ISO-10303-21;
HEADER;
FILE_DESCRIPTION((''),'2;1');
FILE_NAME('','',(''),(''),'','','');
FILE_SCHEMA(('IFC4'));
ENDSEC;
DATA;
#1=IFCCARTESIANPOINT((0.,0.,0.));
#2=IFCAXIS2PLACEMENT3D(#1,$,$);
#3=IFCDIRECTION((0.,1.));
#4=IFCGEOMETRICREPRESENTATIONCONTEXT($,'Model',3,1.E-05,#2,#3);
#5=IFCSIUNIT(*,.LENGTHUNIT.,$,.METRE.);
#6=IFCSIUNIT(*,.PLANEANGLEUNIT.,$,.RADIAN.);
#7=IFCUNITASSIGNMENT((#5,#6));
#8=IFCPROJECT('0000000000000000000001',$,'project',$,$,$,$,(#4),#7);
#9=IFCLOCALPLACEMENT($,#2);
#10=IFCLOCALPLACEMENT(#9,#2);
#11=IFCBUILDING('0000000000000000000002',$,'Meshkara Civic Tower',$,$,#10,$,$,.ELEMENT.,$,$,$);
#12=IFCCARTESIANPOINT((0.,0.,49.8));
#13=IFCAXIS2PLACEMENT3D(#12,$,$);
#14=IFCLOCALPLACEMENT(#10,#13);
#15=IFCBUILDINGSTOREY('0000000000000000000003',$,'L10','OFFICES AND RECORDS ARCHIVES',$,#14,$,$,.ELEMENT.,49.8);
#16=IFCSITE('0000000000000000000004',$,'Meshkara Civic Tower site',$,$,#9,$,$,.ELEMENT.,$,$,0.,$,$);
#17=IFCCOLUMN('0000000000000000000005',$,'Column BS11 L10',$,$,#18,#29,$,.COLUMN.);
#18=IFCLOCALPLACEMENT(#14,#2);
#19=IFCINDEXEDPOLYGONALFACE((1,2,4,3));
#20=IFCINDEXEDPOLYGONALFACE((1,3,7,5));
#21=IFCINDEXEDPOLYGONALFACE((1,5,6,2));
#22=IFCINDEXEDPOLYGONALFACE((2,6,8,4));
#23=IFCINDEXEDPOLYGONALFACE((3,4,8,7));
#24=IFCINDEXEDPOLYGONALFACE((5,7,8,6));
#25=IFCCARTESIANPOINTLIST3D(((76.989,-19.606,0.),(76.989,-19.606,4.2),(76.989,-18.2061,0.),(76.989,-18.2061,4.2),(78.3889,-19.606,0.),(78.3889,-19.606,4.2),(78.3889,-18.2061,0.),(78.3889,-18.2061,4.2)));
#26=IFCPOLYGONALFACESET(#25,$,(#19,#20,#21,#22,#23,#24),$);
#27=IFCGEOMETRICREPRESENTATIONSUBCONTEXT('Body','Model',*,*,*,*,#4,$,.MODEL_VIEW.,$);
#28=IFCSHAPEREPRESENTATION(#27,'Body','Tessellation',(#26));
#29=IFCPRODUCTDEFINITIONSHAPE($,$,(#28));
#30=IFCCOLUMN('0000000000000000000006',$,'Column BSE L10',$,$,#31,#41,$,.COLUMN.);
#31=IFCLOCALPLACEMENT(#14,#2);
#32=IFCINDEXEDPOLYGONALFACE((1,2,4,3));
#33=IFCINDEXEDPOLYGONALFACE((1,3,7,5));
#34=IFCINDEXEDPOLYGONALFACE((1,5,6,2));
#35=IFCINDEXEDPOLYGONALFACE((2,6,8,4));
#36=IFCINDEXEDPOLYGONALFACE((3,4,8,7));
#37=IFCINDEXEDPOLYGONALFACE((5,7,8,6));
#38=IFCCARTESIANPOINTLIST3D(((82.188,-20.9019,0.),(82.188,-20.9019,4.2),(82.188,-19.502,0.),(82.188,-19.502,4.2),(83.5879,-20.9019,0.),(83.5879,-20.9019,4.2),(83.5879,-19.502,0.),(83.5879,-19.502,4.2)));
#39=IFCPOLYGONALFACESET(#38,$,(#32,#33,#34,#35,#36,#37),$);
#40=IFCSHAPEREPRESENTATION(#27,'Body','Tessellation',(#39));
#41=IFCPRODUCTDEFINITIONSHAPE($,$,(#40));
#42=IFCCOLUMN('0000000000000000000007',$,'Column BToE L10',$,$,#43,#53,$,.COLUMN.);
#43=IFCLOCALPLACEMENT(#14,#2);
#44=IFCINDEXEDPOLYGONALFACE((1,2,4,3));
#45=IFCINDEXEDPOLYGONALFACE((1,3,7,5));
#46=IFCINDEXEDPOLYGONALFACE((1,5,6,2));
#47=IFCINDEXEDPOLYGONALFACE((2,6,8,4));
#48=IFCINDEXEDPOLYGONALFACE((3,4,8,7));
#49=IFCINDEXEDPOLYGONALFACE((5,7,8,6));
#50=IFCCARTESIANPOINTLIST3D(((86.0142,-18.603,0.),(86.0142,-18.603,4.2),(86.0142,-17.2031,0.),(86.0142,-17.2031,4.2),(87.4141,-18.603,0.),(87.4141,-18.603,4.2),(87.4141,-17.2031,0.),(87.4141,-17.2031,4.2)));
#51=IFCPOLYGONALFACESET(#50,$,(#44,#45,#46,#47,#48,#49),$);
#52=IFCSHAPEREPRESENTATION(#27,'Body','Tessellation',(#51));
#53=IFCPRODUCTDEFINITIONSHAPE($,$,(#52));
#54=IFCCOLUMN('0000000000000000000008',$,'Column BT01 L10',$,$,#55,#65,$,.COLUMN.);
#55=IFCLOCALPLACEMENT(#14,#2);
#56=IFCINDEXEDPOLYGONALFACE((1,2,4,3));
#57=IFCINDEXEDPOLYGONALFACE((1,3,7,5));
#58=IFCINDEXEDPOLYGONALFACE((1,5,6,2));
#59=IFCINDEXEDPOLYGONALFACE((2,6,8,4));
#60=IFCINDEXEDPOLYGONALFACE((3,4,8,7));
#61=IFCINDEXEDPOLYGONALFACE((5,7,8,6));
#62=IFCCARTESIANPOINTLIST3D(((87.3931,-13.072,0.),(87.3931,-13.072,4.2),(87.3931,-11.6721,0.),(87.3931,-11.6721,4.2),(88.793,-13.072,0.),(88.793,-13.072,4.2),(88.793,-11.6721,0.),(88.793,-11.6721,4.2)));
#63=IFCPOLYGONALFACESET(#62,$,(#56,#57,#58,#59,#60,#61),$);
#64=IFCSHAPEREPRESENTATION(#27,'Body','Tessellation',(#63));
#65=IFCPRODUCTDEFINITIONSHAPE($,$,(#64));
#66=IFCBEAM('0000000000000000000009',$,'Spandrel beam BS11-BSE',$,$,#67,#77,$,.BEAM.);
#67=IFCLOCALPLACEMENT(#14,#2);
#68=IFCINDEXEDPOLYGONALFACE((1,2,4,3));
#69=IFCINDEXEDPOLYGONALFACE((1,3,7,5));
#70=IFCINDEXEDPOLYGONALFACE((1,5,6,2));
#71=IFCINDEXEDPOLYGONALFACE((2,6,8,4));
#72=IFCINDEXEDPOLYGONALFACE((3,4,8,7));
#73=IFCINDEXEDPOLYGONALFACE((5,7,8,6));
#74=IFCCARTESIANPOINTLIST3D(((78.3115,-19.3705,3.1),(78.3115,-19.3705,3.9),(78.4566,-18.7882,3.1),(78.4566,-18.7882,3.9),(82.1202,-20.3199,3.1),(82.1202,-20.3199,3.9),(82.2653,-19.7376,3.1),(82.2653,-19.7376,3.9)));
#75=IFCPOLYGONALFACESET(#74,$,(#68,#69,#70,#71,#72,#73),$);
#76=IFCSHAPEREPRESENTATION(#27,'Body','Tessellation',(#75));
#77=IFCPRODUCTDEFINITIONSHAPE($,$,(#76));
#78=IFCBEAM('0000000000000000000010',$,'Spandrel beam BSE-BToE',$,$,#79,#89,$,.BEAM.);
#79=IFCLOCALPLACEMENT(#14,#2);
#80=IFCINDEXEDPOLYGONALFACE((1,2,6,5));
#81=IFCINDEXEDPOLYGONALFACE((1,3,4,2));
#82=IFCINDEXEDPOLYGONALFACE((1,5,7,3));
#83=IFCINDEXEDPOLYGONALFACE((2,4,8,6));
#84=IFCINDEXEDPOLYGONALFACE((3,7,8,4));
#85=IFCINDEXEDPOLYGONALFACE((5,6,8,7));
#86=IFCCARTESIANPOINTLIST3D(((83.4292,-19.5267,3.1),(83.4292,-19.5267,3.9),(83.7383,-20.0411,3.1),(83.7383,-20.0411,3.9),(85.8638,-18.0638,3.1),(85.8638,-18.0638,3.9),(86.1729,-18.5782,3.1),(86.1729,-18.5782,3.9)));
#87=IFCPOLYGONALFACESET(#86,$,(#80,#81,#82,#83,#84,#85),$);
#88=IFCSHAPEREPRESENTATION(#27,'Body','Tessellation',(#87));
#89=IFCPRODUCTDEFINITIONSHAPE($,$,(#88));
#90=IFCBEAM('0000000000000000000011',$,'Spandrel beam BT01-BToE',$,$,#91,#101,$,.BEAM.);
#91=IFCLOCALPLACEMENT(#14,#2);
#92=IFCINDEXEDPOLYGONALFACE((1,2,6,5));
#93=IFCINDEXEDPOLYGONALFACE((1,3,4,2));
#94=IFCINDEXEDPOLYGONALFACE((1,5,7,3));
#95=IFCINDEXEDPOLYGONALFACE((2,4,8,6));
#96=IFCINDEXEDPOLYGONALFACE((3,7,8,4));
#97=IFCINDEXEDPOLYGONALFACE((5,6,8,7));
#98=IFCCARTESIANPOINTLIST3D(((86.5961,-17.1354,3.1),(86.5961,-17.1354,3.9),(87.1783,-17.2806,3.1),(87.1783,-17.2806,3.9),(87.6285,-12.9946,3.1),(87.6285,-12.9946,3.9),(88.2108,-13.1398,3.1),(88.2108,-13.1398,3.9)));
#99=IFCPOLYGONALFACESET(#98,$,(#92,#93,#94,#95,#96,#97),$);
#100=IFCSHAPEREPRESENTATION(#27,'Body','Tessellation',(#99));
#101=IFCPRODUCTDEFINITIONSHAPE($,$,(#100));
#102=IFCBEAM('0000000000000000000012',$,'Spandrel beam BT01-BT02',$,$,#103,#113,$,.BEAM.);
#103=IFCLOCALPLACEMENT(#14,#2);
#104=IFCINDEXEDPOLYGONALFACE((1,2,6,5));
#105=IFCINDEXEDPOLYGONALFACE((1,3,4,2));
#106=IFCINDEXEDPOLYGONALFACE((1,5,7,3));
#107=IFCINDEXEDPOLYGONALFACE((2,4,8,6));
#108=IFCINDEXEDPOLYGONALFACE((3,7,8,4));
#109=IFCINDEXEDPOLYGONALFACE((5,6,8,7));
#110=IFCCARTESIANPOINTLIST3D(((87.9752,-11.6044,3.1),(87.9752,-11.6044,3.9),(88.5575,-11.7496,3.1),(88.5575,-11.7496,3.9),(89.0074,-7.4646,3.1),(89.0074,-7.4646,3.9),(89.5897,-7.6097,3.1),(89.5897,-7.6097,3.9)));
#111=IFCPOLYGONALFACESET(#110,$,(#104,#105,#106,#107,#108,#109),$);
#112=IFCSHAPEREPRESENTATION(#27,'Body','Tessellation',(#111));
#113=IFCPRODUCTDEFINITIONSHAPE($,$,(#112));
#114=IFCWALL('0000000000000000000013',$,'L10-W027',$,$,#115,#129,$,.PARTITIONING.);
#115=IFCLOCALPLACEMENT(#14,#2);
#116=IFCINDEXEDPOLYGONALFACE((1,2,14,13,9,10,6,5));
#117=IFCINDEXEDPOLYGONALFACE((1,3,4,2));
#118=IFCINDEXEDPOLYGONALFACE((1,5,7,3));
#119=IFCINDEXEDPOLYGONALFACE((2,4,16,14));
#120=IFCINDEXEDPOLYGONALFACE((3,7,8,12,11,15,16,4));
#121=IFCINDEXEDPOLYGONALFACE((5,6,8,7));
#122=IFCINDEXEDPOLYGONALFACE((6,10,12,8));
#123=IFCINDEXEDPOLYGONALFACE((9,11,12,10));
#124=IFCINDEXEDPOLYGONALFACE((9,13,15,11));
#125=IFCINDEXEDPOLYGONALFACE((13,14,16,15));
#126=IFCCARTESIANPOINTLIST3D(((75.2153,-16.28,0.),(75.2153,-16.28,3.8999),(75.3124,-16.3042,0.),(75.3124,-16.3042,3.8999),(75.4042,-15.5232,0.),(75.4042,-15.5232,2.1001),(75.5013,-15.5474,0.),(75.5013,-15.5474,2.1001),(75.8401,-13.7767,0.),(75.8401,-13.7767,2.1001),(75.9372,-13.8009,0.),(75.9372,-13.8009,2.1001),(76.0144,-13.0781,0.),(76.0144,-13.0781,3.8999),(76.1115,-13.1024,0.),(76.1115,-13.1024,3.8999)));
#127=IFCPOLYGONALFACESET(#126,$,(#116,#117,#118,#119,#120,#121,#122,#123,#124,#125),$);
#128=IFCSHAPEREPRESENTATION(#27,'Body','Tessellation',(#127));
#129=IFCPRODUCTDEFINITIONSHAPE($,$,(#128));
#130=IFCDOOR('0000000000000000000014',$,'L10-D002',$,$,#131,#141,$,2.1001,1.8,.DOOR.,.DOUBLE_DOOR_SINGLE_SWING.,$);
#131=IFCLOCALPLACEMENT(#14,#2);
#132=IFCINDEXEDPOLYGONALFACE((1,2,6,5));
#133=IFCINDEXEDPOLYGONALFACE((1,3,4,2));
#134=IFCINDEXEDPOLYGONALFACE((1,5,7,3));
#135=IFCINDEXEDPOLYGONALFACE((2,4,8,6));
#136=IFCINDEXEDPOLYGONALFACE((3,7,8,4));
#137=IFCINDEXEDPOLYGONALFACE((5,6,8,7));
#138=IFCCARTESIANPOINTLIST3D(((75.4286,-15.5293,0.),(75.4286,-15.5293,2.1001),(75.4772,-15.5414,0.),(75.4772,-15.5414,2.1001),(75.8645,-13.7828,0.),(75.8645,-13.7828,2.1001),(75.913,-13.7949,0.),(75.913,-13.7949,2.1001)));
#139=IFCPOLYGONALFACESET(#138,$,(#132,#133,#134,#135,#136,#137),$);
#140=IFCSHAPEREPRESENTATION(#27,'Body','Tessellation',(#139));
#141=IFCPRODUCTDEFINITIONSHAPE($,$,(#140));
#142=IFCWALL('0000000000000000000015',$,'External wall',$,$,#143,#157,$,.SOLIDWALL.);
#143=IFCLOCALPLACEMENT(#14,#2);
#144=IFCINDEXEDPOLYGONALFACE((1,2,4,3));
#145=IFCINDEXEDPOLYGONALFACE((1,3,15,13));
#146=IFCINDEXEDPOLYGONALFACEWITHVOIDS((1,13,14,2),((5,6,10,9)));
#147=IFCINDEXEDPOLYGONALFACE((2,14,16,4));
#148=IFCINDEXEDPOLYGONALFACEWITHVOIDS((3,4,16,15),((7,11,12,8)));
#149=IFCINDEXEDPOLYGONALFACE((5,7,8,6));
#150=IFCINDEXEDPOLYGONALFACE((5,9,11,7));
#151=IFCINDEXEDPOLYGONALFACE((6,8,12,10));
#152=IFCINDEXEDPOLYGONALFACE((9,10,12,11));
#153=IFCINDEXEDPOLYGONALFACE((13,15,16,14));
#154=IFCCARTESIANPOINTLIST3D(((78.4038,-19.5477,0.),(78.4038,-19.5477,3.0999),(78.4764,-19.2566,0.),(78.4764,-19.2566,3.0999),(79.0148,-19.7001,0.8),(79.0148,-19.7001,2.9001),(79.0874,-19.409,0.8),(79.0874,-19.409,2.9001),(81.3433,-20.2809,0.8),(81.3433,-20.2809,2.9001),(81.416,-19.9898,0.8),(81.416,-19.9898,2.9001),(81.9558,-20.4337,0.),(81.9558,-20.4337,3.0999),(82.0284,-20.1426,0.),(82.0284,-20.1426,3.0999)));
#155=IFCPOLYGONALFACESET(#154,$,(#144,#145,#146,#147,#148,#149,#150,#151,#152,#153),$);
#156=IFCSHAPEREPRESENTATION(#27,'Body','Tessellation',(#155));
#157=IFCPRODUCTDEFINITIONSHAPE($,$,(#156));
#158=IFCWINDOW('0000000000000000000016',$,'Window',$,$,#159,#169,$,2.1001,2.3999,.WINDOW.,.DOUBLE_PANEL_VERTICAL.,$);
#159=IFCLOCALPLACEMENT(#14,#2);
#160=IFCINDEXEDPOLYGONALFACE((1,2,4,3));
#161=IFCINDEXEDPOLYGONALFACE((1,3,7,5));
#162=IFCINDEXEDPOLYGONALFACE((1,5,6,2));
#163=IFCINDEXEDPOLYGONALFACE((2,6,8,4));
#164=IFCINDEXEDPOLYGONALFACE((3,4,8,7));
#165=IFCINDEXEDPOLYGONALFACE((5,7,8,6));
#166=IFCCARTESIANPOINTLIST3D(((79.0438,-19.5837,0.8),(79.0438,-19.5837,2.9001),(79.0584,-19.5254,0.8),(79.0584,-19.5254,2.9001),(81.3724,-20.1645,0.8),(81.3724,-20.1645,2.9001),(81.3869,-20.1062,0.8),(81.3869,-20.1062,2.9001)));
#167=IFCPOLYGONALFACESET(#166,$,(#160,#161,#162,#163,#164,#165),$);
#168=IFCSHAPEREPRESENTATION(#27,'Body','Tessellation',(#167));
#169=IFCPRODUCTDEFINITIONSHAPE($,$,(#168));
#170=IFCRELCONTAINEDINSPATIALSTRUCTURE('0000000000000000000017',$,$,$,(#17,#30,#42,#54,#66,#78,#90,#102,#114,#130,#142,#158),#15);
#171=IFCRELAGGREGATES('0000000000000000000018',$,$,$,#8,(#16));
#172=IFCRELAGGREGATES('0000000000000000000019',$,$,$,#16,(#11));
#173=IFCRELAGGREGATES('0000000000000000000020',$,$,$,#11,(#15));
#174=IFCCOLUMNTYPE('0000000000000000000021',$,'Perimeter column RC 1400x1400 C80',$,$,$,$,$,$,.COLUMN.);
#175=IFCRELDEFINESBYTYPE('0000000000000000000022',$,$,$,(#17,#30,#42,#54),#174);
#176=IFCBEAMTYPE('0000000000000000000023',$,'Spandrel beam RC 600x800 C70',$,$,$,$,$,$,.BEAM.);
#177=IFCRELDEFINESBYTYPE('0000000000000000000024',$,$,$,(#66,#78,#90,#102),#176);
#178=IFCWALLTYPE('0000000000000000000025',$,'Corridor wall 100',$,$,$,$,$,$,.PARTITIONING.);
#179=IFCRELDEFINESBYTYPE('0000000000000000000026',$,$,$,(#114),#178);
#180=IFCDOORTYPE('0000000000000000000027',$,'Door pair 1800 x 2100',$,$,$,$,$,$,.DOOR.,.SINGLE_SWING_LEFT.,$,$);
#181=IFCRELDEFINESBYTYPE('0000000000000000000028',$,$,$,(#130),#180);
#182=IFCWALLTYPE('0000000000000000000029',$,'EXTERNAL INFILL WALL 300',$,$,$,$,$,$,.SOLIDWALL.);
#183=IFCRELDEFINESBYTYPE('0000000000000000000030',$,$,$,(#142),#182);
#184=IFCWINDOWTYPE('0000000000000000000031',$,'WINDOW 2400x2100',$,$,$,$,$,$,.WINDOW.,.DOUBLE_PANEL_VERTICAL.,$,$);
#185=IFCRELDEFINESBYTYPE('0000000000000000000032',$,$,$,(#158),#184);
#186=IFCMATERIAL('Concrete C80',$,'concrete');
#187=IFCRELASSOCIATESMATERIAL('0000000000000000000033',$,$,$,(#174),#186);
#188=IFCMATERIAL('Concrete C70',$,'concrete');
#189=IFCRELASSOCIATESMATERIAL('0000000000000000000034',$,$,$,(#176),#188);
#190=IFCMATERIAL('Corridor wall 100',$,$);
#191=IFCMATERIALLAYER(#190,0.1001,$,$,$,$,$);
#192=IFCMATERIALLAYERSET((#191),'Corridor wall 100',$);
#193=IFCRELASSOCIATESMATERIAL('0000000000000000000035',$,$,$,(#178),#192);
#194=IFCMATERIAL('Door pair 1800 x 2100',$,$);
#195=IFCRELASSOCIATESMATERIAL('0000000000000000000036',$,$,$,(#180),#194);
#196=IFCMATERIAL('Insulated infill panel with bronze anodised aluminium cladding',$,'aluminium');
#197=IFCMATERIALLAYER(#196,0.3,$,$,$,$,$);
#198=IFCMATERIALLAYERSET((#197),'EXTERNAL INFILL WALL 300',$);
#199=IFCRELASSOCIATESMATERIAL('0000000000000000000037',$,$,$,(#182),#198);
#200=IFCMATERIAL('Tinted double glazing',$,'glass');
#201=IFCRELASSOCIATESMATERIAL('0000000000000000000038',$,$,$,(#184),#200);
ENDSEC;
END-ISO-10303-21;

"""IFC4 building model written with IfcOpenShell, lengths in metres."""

from ifc_helpers import new_model, si_unit, direction, frame, frame_2d, origin, origin_2d, place, context, subcontext, project, spatial, rectangle, extrude, material, layer, layer_set, material_profile, profile_set, type_object, element, fill, save


model = new_model("IFC4")

# Units and contexts
model_context = context("Model", 3, precision=1e-05, world=origin(), true_north=direction((0.0, 1.0)))
body_context = subcontext(model_context, "Body", "Model", "MODEL_VIEW")
ifc_project = project(units=[si_unit("LENGTHUNIT", "METRE"), si_unit("PLANEANGLEUNIT", "RADIAN")], contexts=[model_context])

# Site, building, storey
site_placement = place(None, origin())
site = spatial("IfcSite", under=ifc_project, at=site_placement, Name="Meshkara Civic Tower site", CompositionType="ELEMENT", RefElevation=0.0)
building_placement = place(site_placement, origin())
building = spatial("IfcBuilding", under=site, at=building_placement, Name="Meshkara Civic Tower", CompositionType="ELEMENT")
storey_placement = place(building_placement, frame((0.0, 0.0, 49.8)))
storey = spatial("IfcBuildingStorey", under=building, at=storey_placement, Name="L10", Description="OFFICES AND RECORDS ARCHIVES", CompositionType="ELEMENT", Elevation=49.8)

# Columns
ifc_material_1 = material(Name="Concrete C80", Category="concrete")
ifc_material_profile_1 = material_profile(ifc_material_1, rectangle(XDim=1.3999, YDim=1.3999, at=origin_2d()))
ifc_profile_set_1 = profile_set([ifc_material_profile_1], Name="Concrete C80")
column_type = type_object("IfcColumnType", Name="Perimeter column RC 1400x1400 C80", PredefinedType="COLUMN", material=ifc_profile_set_1)
for number, where, z_axis, x_axis, name in (
    (1, (77.689, -18.906, 0.0), (0.0, 0.0, 1.0), (1.0, 0.0, 0.0), "Column BS11 L10"),
    (2, (82.8879, -20.2019, 0.0), (0.0, 0.0, 1.0), (1.0, 0.0, 0.0), "Column BSE L10"),
    (3, (86.7141, -17.9031, 0.0), (0.0, 0.0, 1.0), (1.0, 0.0, 0.0), "Column BToE L10"),
    (4, (88.093, -12.3721, 0.0), (0.0, 0.0, 1.0), (1.0, 0.0, 0.0), "Column BT01 L10"),
):
    element("IfcColumn", number, at=place(storey_placement, frame(where, z_axis=z_axis, x_axis=x_axis)), inside=storey, type_object=column_type, Name=name, PredefinedType="COLUMN", context=body_context, shape_type="SweptSolid", body=[
        extrude(rectangle(XDim=1.3999, YDim=1.3999, at=origin_2d()), origin(), (0.0, 0.0, 1.0), 4.2),
    ])

# Beams
ifc_material_2 = material(Name="Concrete C70", Category="concrete")
ifc_material_profile_2 = material_profile(ifc_material_2, rectangle(XDim=0.6001, YDim=0.8, at=origin_2d()))
ifc_profile_set_2 = profile_set([ifc_material_profile_2], Name="Concrete C70")
beam_type = type_object("IfcBeamType", Name="Spandrel beam RC 600x800 C70", PredefinedType="BEAM", material=ifc_profile_set_2)
beam_1_placement = place(storey_placement, frame((78.384, -19.0793, 3.5), z_axis=(0.970307, -0.241877, 0.0), x_axis=(0.241877, 0.970307, 0.0)))
element("IfcBeam", 5, at=beam_1_placement, inside=storey, type_object=beam_type, Name="Spandrel beam BS11-BSE", PredefinedType="BEAM", context=body_context, shape_type="SweptSolid", body=[
    extrude(rectangle(XDim=0.6001, YDim=0.8, at=origin_2d()), origin(), (0.0, 0.0, 1.0), 3.9253),
])
beam_2_placement = place(storey_placement, frame((83.5837, -19.7839, 3.5), z_axis=(0.857159, 0.515052, 0.0), x_axis=(-0.515052, 0.857159, 0.0)))
element("IfcBeam", 6, at=beam_2_placement, inside=storey, type_object=beam_type, Name="Spandrel beam BSE-BToE", PredefinedType="BEAM", context=body_context, shape_type="SweptSolid", body=[
    extrude(rectangle(XDim=0.6001, YDim=0.8, at=origin_2d()), origin(), (0.0, 0.0, 1.0), 2.8403),
])
beam_3_placement = place(storey_placement, frame((86.8872, -17.208, 3.5), z_axis=(0.24193, 0.970294, 0.0), x_axis=(-0.970294, 0.24193, 0.0)))
element("IfcBeam", 7, at=beam_3_placement, inside=storey, type_object=beam_type, Name="Spandrel beam BT01-BToE", PredefinedType="BEAM", context=body_context, shape_type="SweptSolid", body=[
    extrude(rectangle(XDim=0.6001, YDim=0.8, at=origin_2d()), origin(), (0.0, 0.0, 1.0), 4.2676),
])
beam_4_placement = place(storey_placement, frame((88.2664, -11.677, 3.5), z_axis=(0.24193, 0.970294, 0.0), x_axis=(-0.970294, 0.24193, 0.0)))
element("IfcBeam", 8, at=beam_4_placement, inside=storey, type_object=beam_type, Name="Spandrel beam BT01-BT02", PredefinedType="BEAM", context=body_context, shape_type="SweptSolid", body=[
    extrude(rectangle(XDim=0.6001, YDim=0.8, at=origin_2d()), origin(), (0.0, 0.0, 1.0), 4.2666),
])

# Wall, opening, door
ifc_material_3 = material(Name="Corridor wall 100")
ifc_layer_1 = layer(ifc_material_3, 0.1001)
ifc_layer_set_1 = layer_set([ifc_layer_1], Name="Corridor wall 100")
wall_type_1 = type_object("IfcWallType", Name="Corridor wall 100", PredefinedType="PARTITIONING", material=ifc_layer_set_1)
wall_1_placement = place(storey_placement, frame((75.2639, -16.292, 0.0), z_axis=(0.0, 0.0, 1.0), x_axis=(0.242135, 0.970243, 0.0)))
wall_1 = element("IfcWall", 9, at=wall_1_placement, inside=storey, type_object=wall_type_1, Name="L10-W027", PredefinedType="PARTITIONING", context=body_context, shape_type="SweptSolid", body=[
    extrude(rectangle(XDim=3.3, YDim=0.1001, at=frame_2d((1.6499, 0.0))), origin(), (0.0, 0.0, 1.0), 3.8999),
])
opening_1_placement = place(wall_1_placement, frame((0.78, 0.0, 0.0)))
opening_1 = element("IfcOpeningElement", 10, at=opening_1_placement, cuts=wall_1, PredefinedType="OPENING", context=body_context, shape_type="SweptSolid", body=[
    extrude(rectangle(XDim=1.8, YDim=2.1001, at=frame_2d((0.8999, 1.05))), frame((0.0, 0.0601, 0.0), z_axis=(0.0, -1.0, 0.0), x_axis=(1.0, 0.0, 0.0)), (0.0, 0.0, 1.0), 0.1201),
])
ifc_material_4 = material(Name="Door pair 1800 x 2100")
door_type_1 = type_object("IfcDoorType", Name="Door pair 1800 x 2100", OperationType="SINGLE_SWING_LEFT", PredefinedType="DOOR", material=ifc_material_4)
door_1_placement = place(opening_1_placement, origin())
door_1 = element("IfcDoor", 11, at=door_1_placement, inside=storey, type_object=door_type_1, Name="L10-D002", OperationType="DOUBLE_DOOR_SINGLE_SWING", OverallHeight=2.1001, OverallWidth=1.8, PredefinedType="DOOR", context=body_context, shape_type="SweptSolid", body=[
    extrude(rectangle(XDim=1.8, YDim=2.1001, at=frame_2d((0.8999, 1.05))), frame((0.0, 0.0249, 0.0), z_axis=(0.0, -1.0, 0.0), x_axis=(1.0, 0.0, 0.0)), (0.0, 0.0, 1.0), 0.05),
])
fill(opening_1, door_1)

# Wall, opening, window
ifc_material_5 = material(Name="Insulated infill panel with bronze anodised aluminium cladding", Category="aluminium")
ifc_layer_2 = layer(ifc_material_5, 0.3)
ifc_layer_set_2 = layer_set([ifc_layer_2], Name="EXTERNAL INFILL WALL 300")
wall_type_2 = type_object("IfcWallType", Name="EXTERNAL INFILL WALL 300", PredefinedType="SOLIDWALL", material=ifc_layer_set_2)
wall_2_placement = place(storey_placement, frame((78.4399, -19.4021, 0.0), z_axis=(0.0, 0.0, 1.0), x_axis=(0.970272, -0.242018, 0.0)))
wall_2 = element("IfcWall", 12, at=wall_2_placement, inside=storey, type_object=wall_type_2, Name="External wall", PredefinedType="SOLIDWALL", context=body_context, shape_type="SweptSolid", body=[
    extrude(rectangle(XDim=3.6609, YDim=0.3, at=frame_2d((1.8306, 0.0))), origin(), (0.0, 0.0, 1.0), 3.0999),
])
opening_2_placement = place(wall_2_placement, frame((0.6299, 0.0, 0.8)))
opening_2 = element("IfcOpeningElement", 13, at=opening_2_placement, cuts=wall_2, PredefinedType="OPENING", context=body_context, shape_type="SweptSolid", body=[
    extrude(rectangle(XDim=2.3999, YDim=2.1001, at=frame_2d((1.2, 1.05))), frame((0.0, 0.1599, 0.0), z_axis=(0.0, -1.0, 0.0), x_axis=(1.0, 0.0, 0.0)), (0.0, 0.0, 1.0), 0.3201),
])
ifc_material_6 = material(Name="Tinted double glazing", Category="glass")
window_type_1 = type_object("IfcWindowType", Name="WINDOW 2400x2100", PartitioningType="DOUBLE_PANEL_VERTICAL", PredefinedType="WINDOW", material=ifc_material_6)
window_1_placement = place(opening_2_placement, origin())
window_1 = element("IfcWindow", 14, at=window_1_placement, inside=storey, type_object=window_type_1, Name="Window", OverallHeight=2.1001, OverallWidth=2.3999, PartitioningType="DOUBLE_PANEL_VERTICAL", PredefinedType="WINDOW", context=body_context, shape_type="SweptSolid", body=[
    extrude(rectangle(XDim=2.3999, YDim=2.1001, at=frame_2d((1.2, 1.05))), frame((0.0, 0.03, 0.0), z_axis=(0.0, -1.0, 0.0), x_axis=(1.0, 0.0, 0.0)), (0.0, 0.0, 1.0), 0.0601),
])
fill(opening_2, window_1)

save(model, "model.ifc")
